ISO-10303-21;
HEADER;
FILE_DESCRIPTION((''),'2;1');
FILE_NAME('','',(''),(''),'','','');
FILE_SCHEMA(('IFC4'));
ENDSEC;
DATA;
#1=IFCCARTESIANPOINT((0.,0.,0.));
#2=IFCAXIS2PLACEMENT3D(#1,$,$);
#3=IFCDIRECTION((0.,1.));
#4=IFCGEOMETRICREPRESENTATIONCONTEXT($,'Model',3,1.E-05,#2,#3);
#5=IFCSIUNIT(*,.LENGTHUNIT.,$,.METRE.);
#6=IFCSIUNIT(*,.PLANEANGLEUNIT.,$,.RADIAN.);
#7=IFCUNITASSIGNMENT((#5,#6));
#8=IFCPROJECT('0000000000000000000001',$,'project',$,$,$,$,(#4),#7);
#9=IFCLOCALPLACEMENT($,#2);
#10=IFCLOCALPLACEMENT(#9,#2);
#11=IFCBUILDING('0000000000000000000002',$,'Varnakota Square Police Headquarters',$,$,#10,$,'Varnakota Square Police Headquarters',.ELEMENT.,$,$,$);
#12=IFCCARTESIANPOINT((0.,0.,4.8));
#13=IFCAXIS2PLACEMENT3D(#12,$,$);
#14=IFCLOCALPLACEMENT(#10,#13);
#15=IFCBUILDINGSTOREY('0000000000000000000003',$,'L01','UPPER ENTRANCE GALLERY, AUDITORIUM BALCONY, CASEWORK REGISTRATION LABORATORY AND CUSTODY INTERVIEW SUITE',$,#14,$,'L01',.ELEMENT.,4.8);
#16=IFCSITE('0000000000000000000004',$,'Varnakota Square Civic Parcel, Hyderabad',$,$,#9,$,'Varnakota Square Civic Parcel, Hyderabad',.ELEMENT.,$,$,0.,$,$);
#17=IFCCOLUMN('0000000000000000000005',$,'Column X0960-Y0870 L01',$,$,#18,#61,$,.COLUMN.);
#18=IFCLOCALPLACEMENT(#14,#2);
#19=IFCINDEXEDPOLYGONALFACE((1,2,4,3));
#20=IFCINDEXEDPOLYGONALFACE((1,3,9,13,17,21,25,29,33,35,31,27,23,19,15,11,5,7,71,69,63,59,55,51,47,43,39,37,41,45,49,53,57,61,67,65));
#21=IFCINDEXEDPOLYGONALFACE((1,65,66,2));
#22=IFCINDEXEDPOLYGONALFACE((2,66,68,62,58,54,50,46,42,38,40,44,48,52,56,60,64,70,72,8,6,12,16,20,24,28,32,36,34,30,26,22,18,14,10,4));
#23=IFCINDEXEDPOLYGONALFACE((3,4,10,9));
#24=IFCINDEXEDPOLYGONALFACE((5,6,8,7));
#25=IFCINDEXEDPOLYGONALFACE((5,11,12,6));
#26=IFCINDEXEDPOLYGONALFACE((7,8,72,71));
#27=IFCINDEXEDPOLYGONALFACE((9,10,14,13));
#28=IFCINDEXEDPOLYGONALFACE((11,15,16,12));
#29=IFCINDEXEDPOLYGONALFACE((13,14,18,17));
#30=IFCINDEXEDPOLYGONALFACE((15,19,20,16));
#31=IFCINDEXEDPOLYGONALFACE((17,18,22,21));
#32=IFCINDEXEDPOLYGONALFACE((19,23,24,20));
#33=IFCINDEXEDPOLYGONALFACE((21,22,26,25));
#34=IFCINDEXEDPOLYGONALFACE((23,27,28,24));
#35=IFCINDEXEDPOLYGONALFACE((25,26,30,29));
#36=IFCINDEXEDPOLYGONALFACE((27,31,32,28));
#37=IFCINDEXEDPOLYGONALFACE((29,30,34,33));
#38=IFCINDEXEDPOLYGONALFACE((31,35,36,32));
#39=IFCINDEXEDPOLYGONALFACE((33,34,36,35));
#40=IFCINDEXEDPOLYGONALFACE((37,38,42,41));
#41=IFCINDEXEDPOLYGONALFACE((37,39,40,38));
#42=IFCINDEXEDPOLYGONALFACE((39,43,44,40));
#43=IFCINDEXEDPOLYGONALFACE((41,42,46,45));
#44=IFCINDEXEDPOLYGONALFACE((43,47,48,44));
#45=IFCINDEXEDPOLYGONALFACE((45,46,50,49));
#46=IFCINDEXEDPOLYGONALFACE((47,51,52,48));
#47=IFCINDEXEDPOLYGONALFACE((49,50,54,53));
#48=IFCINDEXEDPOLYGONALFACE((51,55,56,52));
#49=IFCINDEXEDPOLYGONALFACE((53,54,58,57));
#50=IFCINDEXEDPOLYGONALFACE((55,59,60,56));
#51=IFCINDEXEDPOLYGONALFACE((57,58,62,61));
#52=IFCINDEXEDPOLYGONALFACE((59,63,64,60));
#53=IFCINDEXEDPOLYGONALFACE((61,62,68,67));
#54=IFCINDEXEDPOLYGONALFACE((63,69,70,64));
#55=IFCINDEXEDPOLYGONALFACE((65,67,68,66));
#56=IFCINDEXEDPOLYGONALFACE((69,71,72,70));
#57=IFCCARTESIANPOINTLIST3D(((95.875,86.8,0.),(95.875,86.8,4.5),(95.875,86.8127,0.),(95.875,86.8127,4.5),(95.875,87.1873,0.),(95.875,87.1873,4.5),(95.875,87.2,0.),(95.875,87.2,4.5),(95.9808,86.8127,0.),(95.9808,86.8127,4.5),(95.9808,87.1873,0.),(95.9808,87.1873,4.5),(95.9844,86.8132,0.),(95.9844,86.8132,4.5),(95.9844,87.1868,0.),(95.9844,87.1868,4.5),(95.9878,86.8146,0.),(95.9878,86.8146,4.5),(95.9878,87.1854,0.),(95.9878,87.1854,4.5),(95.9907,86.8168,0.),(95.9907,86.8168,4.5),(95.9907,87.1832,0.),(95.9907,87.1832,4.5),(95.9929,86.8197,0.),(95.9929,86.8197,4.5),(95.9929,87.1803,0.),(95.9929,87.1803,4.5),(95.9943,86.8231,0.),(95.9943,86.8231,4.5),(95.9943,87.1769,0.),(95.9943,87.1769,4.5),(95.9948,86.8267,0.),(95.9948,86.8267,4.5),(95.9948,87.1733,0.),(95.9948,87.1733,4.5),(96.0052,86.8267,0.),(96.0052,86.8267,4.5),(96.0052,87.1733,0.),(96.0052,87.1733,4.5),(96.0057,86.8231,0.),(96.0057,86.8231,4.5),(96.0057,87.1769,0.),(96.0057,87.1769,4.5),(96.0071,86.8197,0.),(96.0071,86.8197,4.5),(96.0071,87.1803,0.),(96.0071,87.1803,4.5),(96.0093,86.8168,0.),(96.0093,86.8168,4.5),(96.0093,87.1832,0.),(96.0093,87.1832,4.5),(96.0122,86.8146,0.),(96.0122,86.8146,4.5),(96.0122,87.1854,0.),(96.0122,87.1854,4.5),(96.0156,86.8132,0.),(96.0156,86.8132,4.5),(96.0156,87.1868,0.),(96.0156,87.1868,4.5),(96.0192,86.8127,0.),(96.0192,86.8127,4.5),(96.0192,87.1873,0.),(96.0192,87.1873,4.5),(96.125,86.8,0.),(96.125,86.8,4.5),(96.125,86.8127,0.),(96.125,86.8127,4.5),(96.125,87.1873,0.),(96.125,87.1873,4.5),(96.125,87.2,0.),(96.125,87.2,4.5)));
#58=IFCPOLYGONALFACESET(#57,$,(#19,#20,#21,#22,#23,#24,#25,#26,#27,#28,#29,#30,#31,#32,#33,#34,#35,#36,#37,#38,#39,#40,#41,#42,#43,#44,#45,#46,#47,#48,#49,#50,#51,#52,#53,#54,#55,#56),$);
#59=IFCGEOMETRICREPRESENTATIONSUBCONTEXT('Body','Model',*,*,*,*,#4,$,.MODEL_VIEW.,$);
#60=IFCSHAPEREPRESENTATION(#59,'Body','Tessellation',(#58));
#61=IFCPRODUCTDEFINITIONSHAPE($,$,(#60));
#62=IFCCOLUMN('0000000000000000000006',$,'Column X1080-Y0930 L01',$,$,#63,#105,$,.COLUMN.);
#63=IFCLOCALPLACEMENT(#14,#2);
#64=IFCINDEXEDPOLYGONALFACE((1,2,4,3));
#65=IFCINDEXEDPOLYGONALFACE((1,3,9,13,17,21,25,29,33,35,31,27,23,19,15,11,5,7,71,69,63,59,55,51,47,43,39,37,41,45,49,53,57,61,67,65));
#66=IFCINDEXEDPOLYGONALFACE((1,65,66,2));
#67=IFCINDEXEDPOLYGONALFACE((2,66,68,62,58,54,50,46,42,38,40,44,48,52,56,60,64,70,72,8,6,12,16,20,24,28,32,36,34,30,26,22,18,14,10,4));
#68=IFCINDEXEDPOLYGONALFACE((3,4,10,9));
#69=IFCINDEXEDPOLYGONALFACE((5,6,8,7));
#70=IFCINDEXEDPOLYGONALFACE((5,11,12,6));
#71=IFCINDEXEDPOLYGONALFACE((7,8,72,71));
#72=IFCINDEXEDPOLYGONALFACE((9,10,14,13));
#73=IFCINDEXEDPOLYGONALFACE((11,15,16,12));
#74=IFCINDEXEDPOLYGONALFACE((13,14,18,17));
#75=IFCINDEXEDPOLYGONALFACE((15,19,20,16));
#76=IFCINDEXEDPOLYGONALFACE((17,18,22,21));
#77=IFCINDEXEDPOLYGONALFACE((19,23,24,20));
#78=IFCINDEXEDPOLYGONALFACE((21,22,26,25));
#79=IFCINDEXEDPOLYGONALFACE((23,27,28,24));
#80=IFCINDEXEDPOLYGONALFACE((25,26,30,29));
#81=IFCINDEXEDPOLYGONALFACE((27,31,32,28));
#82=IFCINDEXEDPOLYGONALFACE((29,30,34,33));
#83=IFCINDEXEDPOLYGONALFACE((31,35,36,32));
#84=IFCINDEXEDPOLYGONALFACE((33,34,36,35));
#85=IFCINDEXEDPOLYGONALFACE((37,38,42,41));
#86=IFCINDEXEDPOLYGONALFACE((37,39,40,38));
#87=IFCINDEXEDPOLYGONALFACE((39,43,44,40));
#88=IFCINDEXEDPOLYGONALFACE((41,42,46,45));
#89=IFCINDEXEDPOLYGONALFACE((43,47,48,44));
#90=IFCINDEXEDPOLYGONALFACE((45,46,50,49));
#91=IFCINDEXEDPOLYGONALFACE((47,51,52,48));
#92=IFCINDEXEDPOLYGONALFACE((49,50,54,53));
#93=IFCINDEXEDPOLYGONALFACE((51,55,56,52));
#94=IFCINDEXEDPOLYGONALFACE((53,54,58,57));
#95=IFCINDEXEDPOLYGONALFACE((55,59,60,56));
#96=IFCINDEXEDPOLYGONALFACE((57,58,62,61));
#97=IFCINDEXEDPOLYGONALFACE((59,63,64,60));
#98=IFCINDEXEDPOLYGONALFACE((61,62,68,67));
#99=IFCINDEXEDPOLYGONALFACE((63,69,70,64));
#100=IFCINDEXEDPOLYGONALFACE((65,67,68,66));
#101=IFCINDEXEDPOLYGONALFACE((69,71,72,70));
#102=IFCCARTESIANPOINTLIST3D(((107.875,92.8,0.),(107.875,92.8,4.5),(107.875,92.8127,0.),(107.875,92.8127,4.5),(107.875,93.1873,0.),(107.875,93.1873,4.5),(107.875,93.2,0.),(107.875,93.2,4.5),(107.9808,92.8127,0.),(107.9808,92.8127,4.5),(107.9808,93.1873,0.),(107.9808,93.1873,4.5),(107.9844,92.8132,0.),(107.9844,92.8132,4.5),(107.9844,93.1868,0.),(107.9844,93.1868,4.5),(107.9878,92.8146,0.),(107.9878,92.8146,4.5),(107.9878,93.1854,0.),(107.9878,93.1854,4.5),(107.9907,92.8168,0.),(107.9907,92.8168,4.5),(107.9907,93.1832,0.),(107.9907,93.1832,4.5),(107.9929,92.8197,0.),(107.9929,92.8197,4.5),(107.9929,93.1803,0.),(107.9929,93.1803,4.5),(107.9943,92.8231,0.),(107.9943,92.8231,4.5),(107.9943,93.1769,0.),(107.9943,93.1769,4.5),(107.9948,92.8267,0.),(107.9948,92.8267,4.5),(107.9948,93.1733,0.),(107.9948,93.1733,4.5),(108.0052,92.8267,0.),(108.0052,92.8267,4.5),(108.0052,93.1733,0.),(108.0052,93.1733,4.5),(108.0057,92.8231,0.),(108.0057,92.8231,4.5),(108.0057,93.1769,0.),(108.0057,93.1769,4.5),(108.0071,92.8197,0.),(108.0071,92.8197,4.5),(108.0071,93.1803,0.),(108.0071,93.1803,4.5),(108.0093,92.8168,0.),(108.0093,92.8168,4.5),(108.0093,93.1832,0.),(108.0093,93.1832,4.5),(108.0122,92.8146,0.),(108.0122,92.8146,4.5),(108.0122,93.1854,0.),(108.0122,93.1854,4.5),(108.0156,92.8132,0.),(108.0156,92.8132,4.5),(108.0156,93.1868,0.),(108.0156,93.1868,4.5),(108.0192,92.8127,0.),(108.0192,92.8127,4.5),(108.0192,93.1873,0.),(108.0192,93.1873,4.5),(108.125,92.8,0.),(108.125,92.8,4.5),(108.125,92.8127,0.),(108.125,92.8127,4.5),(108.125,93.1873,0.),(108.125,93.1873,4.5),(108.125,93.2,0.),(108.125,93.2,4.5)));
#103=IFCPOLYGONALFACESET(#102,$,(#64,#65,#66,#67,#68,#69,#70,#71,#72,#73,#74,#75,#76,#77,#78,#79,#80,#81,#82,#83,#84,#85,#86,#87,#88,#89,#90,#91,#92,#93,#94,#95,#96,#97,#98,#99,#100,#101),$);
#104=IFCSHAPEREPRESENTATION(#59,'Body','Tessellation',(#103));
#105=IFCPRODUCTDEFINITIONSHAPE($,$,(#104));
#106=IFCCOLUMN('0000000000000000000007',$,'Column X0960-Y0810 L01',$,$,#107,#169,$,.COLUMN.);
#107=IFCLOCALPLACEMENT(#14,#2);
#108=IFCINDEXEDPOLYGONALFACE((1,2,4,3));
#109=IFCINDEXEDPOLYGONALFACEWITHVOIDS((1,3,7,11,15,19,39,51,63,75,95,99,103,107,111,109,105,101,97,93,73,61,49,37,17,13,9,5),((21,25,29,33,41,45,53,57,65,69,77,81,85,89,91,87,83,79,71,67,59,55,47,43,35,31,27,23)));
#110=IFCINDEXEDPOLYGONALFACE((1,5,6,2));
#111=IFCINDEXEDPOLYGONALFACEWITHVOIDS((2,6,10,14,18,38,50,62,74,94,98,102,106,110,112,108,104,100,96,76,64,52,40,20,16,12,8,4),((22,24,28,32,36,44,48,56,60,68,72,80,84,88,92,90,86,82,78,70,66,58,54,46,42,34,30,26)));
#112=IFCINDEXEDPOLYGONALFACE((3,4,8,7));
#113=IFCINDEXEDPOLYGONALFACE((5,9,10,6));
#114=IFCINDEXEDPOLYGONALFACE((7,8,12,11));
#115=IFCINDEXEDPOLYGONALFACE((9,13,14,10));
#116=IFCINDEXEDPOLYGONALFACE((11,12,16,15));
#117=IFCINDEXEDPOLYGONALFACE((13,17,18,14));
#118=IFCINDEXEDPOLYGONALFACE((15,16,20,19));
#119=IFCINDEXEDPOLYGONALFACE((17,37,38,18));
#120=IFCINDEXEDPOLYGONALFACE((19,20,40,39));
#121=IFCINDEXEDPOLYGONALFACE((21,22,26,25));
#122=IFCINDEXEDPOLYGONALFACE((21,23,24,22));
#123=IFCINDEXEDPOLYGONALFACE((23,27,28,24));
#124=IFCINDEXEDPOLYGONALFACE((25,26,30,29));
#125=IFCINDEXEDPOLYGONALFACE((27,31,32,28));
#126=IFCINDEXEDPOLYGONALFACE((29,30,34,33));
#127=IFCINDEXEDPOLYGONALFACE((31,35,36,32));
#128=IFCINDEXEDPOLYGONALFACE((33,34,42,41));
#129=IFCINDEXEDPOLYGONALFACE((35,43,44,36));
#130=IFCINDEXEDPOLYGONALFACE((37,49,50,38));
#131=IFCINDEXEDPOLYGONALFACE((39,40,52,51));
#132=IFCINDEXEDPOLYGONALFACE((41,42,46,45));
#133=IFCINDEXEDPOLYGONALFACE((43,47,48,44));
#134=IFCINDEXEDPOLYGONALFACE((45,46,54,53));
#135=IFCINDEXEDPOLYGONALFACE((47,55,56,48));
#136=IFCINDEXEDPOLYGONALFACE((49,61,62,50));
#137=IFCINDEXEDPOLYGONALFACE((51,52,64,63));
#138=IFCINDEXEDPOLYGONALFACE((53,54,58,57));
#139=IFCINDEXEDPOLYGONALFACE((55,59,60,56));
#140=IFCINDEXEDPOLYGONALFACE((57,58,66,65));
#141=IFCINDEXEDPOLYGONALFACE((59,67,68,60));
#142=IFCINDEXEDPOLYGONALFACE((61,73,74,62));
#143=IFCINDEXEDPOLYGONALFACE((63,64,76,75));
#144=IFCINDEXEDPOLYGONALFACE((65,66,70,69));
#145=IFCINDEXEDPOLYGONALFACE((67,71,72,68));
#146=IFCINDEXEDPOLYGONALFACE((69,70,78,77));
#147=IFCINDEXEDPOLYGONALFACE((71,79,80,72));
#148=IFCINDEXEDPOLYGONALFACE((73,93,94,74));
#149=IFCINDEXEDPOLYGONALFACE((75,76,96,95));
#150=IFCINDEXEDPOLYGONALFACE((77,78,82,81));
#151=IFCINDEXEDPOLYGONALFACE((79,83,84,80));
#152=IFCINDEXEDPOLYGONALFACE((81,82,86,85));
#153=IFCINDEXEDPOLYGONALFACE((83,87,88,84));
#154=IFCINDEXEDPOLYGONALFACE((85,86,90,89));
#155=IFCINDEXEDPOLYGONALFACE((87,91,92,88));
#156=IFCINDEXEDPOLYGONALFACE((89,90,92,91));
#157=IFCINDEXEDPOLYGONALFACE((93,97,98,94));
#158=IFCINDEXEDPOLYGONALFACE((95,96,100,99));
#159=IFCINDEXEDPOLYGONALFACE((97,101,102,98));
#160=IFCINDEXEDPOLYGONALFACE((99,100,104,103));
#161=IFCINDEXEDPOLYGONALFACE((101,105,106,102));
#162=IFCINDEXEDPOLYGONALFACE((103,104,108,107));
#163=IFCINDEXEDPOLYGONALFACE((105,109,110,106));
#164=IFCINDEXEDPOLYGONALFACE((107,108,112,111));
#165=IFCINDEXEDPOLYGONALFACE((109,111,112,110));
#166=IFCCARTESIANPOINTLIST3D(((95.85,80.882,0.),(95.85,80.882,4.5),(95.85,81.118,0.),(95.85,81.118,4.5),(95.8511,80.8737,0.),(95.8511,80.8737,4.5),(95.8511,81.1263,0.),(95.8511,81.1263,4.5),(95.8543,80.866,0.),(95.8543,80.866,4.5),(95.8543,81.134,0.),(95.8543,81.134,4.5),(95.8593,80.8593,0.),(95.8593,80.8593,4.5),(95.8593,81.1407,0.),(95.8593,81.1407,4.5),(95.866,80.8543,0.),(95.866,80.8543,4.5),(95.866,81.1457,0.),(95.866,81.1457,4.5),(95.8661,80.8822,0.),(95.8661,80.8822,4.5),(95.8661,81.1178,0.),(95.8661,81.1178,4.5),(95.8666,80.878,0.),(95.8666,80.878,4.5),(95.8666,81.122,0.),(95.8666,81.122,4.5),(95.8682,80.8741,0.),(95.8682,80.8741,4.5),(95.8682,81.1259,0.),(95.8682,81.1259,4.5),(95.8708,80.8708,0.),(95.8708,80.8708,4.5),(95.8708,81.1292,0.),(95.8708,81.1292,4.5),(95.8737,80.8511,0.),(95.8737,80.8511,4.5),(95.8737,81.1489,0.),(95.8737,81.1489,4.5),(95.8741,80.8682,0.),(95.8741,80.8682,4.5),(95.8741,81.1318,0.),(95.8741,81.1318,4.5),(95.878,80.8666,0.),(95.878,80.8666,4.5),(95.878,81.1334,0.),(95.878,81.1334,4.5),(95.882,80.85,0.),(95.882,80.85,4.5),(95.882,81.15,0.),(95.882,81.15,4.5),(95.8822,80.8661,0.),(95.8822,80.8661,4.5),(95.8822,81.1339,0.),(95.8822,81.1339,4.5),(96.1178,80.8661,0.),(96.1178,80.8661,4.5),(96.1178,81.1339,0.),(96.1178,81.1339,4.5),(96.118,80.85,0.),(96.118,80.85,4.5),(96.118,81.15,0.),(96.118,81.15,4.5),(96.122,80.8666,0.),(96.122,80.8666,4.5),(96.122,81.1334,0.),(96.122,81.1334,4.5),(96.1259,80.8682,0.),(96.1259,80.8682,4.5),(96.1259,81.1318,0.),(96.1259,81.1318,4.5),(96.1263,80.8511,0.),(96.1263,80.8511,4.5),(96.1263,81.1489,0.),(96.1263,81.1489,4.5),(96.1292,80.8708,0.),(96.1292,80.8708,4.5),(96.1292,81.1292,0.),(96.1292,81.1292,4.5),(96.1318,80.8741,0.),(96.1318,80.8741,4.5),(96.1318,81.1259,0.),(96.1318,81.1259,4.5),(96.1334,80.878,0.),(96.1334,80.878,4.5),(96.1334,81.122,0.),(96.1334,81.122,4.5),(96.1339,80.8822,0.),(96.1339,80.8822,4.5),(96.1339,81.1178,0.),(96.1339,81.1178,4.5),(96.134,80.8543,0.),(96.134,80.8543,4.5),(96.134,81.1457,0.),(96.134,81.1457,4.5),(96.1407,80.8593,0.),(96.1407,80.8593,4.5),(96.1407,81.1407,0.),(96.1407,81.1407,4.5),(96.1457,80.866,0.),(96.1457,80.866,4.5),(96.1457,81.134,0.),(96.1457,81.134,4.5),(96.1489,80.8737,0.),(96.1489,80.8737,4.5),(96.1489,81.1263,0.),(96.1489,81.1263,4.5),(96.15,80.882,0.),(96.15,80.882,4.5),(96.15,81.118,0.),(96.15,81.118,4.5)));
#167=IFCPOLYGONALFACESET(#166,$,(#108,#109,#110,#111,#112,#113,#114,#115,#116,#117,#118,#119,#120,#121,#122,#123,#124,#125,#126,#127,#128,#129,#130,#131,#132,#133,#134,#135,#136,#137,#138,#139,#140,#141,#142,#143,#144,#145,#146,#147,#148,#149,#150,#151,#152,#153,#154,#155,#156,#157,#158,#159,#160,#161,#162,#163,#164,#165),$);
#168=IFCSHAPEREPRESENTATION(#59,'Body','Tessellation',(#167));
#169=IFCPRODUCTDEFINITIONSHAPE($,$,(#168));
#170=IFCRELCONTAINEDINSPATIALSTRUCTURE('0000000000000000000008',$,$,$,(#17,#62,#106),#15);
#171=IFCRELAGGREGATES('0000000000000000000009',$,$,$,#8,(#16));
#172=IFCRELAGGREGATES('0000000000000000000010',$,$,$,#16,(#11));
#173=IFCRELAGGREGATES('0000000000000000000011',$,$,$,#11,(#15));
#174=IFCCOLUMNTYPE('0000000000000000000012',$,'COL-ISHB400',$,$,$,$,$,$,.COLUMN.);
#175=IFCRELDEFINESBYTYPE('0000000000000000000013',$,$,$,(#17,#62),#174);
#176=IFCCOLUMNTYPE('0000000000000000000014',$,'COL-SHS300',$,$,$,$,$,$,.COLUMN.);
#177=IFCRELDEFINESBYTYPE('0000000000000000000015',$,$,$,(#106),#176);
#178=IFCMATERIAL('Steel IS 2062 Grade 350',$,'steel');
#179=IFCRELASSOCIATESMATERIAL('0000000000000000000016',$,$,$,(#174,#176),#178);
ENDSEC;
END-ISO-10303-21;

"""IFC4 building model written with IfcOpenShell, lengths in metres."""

from ifc_helpers import new_model, si_unit, direction, frame, origin, origin_2d, place, context, subcontext, project, spatial, hollow_rectangle, i_section, extrude, material, material_profile, profile_set, type_object, element, save


model = new_model("IFC4")

# Units and contexts
model_context = context("Model", 3, precision=1e-05, world=origin(), true_north=direction((0.0, 1.0)))
body_context = subcontext(model_context, "Body", "Model", "MODEL_VIEW")
ifc_project = project(units=[si_unit("LENGTHUNIT", "METRE"), si_unit("PLANEANGLEUNIT", "RADIAN")], contexts=[model_context])

# Site, building, storey
site_placement = place(None, origin())
site = spatial("IfcSite", under=ifc_project, at=site_placement, Name="Varnakota Square Civic Parcel, Hyderabad", LongName="Varnakota Square Civic Parcel, Hyderabad", CompositionType="ELEMENT", RefElevation=0.0)
building_placement = place(site_placement, origin())
building = spatial("IfcBuilding", under=site, at=building_placement, Name="Varnakota Square Police Headquarters", LongName="Varnakota Square Police Headquarters", CompositionType="ELEMENT")
storey_placement = place(building_placement, frame((0.0, 0.0, 4.8)))
storey = spatial("IfcBuildingStorey", under=building, at=storey_placement, Name="L01", Description="UPPER ENTRANCE GALLERY, AUDITORIUM BALCONY, CASEWORK REGISTRATION LABORATORY AND CUSTODY INTERVIEW SUITE", LongName="L01", CompositionType="ELEMENT", Elevation=4.8)

# Columns
ifc_material_1 = material(Name="Steel IS 2062 Grade 350", Category="steel")
ifc_material_profile_1 = material_profile(ifc_material_1, i_section(OverallWidth=0.25, OverallDepth=0.3999, WebThickness=0.0105, FlangeThickness=0.0127, FilletRadius=0.0139, at=origin_2d()), Name="ISHB 400")
ifc_profile_set_1 = profile_set([ifc_material_profile_1], Name="Steel IS 2062 Grade 350")
column_type_1 = type_object("IfcColumnType", Name="COL-ISHB400", PredefinedType="COLUMN", material=ifc_profile_set_1)
for number, where, z_axis, x_axis, name in (
    (1, (96.0, 87.0, 0.0), (0.0, 0.0, 1.0), (1.0, 0.0, 0.0), "Column X0960-Y0870 L01"),
    (2, (108.0, 93.0, 0.0), (0.0, 0.0, 1.0), (1.0, 0.0, 0.0), "Column X1080-Y0930 L01"),
):
    element("IfcColumn", number, at=place(storey_placement, frame(where, z_axis=z_axis, x_axis=x_axis)), inside=storey, type_object=column_type_1, Name=name, PredefinedType="COLUMN", context=body_context, shape_type="SweptSolid", body=[
        extrude(i_section(OverallWidth=0.25, OverallDepth=0.3999, WebThickness=0.0105, FlangeThickness=0.0127, FilletRadius=0.0139, at=origin_2d()), origin(), (0.0, 0.0, 1.0), 4.5),
    ])
ifc_material_profile_2 = material_profile(ifc_material_1, hollow_rectangle(XDim=0.3, YDim=0.3, WallThickness=0.0161, InnerFilletRadius=0.0161, OuterFilletRadius=0.032, at=origin_2d()), Name="SHS 300x300x16")
ifc_profile_set_2 = profile_set([ifc_material_profile_2], Name="Steel IS 2062 Grade 350")
column_type_2 = type_object("IfcColumnType", Name="COL-SHS300", PredefinedType="COLUMN", material=ifc_profile_set_2)
for number, where, z_axis, x_axis, name in (
    (3, (96.0, 81.0, 0.0), (0.0, 0.0, 1.0), (1.0, 0.0, 0.0), "Column X0960-Y0810 L01"),
):
    element("IfcColumn", number, at=place(storey_placement, frame(where, z_axis=z_axis, x_axis=x_axis)), inside=storey, type_object=column_type_2, Name=name, PredefinedType="COLUMN", context=body_context, shape_type="SweptSolid", body=[
        extrude(hollow_rectangle(XDim=0.3, YDim=0.3, WallThickness=0.0161, InnerFilletRadius=0.0161, OuterFilletRadius=0.032, at=origin_2d()), origin(), (0.0, 0.0, 1.0), 4.5),
    ])

save(model, "model.ifc")
